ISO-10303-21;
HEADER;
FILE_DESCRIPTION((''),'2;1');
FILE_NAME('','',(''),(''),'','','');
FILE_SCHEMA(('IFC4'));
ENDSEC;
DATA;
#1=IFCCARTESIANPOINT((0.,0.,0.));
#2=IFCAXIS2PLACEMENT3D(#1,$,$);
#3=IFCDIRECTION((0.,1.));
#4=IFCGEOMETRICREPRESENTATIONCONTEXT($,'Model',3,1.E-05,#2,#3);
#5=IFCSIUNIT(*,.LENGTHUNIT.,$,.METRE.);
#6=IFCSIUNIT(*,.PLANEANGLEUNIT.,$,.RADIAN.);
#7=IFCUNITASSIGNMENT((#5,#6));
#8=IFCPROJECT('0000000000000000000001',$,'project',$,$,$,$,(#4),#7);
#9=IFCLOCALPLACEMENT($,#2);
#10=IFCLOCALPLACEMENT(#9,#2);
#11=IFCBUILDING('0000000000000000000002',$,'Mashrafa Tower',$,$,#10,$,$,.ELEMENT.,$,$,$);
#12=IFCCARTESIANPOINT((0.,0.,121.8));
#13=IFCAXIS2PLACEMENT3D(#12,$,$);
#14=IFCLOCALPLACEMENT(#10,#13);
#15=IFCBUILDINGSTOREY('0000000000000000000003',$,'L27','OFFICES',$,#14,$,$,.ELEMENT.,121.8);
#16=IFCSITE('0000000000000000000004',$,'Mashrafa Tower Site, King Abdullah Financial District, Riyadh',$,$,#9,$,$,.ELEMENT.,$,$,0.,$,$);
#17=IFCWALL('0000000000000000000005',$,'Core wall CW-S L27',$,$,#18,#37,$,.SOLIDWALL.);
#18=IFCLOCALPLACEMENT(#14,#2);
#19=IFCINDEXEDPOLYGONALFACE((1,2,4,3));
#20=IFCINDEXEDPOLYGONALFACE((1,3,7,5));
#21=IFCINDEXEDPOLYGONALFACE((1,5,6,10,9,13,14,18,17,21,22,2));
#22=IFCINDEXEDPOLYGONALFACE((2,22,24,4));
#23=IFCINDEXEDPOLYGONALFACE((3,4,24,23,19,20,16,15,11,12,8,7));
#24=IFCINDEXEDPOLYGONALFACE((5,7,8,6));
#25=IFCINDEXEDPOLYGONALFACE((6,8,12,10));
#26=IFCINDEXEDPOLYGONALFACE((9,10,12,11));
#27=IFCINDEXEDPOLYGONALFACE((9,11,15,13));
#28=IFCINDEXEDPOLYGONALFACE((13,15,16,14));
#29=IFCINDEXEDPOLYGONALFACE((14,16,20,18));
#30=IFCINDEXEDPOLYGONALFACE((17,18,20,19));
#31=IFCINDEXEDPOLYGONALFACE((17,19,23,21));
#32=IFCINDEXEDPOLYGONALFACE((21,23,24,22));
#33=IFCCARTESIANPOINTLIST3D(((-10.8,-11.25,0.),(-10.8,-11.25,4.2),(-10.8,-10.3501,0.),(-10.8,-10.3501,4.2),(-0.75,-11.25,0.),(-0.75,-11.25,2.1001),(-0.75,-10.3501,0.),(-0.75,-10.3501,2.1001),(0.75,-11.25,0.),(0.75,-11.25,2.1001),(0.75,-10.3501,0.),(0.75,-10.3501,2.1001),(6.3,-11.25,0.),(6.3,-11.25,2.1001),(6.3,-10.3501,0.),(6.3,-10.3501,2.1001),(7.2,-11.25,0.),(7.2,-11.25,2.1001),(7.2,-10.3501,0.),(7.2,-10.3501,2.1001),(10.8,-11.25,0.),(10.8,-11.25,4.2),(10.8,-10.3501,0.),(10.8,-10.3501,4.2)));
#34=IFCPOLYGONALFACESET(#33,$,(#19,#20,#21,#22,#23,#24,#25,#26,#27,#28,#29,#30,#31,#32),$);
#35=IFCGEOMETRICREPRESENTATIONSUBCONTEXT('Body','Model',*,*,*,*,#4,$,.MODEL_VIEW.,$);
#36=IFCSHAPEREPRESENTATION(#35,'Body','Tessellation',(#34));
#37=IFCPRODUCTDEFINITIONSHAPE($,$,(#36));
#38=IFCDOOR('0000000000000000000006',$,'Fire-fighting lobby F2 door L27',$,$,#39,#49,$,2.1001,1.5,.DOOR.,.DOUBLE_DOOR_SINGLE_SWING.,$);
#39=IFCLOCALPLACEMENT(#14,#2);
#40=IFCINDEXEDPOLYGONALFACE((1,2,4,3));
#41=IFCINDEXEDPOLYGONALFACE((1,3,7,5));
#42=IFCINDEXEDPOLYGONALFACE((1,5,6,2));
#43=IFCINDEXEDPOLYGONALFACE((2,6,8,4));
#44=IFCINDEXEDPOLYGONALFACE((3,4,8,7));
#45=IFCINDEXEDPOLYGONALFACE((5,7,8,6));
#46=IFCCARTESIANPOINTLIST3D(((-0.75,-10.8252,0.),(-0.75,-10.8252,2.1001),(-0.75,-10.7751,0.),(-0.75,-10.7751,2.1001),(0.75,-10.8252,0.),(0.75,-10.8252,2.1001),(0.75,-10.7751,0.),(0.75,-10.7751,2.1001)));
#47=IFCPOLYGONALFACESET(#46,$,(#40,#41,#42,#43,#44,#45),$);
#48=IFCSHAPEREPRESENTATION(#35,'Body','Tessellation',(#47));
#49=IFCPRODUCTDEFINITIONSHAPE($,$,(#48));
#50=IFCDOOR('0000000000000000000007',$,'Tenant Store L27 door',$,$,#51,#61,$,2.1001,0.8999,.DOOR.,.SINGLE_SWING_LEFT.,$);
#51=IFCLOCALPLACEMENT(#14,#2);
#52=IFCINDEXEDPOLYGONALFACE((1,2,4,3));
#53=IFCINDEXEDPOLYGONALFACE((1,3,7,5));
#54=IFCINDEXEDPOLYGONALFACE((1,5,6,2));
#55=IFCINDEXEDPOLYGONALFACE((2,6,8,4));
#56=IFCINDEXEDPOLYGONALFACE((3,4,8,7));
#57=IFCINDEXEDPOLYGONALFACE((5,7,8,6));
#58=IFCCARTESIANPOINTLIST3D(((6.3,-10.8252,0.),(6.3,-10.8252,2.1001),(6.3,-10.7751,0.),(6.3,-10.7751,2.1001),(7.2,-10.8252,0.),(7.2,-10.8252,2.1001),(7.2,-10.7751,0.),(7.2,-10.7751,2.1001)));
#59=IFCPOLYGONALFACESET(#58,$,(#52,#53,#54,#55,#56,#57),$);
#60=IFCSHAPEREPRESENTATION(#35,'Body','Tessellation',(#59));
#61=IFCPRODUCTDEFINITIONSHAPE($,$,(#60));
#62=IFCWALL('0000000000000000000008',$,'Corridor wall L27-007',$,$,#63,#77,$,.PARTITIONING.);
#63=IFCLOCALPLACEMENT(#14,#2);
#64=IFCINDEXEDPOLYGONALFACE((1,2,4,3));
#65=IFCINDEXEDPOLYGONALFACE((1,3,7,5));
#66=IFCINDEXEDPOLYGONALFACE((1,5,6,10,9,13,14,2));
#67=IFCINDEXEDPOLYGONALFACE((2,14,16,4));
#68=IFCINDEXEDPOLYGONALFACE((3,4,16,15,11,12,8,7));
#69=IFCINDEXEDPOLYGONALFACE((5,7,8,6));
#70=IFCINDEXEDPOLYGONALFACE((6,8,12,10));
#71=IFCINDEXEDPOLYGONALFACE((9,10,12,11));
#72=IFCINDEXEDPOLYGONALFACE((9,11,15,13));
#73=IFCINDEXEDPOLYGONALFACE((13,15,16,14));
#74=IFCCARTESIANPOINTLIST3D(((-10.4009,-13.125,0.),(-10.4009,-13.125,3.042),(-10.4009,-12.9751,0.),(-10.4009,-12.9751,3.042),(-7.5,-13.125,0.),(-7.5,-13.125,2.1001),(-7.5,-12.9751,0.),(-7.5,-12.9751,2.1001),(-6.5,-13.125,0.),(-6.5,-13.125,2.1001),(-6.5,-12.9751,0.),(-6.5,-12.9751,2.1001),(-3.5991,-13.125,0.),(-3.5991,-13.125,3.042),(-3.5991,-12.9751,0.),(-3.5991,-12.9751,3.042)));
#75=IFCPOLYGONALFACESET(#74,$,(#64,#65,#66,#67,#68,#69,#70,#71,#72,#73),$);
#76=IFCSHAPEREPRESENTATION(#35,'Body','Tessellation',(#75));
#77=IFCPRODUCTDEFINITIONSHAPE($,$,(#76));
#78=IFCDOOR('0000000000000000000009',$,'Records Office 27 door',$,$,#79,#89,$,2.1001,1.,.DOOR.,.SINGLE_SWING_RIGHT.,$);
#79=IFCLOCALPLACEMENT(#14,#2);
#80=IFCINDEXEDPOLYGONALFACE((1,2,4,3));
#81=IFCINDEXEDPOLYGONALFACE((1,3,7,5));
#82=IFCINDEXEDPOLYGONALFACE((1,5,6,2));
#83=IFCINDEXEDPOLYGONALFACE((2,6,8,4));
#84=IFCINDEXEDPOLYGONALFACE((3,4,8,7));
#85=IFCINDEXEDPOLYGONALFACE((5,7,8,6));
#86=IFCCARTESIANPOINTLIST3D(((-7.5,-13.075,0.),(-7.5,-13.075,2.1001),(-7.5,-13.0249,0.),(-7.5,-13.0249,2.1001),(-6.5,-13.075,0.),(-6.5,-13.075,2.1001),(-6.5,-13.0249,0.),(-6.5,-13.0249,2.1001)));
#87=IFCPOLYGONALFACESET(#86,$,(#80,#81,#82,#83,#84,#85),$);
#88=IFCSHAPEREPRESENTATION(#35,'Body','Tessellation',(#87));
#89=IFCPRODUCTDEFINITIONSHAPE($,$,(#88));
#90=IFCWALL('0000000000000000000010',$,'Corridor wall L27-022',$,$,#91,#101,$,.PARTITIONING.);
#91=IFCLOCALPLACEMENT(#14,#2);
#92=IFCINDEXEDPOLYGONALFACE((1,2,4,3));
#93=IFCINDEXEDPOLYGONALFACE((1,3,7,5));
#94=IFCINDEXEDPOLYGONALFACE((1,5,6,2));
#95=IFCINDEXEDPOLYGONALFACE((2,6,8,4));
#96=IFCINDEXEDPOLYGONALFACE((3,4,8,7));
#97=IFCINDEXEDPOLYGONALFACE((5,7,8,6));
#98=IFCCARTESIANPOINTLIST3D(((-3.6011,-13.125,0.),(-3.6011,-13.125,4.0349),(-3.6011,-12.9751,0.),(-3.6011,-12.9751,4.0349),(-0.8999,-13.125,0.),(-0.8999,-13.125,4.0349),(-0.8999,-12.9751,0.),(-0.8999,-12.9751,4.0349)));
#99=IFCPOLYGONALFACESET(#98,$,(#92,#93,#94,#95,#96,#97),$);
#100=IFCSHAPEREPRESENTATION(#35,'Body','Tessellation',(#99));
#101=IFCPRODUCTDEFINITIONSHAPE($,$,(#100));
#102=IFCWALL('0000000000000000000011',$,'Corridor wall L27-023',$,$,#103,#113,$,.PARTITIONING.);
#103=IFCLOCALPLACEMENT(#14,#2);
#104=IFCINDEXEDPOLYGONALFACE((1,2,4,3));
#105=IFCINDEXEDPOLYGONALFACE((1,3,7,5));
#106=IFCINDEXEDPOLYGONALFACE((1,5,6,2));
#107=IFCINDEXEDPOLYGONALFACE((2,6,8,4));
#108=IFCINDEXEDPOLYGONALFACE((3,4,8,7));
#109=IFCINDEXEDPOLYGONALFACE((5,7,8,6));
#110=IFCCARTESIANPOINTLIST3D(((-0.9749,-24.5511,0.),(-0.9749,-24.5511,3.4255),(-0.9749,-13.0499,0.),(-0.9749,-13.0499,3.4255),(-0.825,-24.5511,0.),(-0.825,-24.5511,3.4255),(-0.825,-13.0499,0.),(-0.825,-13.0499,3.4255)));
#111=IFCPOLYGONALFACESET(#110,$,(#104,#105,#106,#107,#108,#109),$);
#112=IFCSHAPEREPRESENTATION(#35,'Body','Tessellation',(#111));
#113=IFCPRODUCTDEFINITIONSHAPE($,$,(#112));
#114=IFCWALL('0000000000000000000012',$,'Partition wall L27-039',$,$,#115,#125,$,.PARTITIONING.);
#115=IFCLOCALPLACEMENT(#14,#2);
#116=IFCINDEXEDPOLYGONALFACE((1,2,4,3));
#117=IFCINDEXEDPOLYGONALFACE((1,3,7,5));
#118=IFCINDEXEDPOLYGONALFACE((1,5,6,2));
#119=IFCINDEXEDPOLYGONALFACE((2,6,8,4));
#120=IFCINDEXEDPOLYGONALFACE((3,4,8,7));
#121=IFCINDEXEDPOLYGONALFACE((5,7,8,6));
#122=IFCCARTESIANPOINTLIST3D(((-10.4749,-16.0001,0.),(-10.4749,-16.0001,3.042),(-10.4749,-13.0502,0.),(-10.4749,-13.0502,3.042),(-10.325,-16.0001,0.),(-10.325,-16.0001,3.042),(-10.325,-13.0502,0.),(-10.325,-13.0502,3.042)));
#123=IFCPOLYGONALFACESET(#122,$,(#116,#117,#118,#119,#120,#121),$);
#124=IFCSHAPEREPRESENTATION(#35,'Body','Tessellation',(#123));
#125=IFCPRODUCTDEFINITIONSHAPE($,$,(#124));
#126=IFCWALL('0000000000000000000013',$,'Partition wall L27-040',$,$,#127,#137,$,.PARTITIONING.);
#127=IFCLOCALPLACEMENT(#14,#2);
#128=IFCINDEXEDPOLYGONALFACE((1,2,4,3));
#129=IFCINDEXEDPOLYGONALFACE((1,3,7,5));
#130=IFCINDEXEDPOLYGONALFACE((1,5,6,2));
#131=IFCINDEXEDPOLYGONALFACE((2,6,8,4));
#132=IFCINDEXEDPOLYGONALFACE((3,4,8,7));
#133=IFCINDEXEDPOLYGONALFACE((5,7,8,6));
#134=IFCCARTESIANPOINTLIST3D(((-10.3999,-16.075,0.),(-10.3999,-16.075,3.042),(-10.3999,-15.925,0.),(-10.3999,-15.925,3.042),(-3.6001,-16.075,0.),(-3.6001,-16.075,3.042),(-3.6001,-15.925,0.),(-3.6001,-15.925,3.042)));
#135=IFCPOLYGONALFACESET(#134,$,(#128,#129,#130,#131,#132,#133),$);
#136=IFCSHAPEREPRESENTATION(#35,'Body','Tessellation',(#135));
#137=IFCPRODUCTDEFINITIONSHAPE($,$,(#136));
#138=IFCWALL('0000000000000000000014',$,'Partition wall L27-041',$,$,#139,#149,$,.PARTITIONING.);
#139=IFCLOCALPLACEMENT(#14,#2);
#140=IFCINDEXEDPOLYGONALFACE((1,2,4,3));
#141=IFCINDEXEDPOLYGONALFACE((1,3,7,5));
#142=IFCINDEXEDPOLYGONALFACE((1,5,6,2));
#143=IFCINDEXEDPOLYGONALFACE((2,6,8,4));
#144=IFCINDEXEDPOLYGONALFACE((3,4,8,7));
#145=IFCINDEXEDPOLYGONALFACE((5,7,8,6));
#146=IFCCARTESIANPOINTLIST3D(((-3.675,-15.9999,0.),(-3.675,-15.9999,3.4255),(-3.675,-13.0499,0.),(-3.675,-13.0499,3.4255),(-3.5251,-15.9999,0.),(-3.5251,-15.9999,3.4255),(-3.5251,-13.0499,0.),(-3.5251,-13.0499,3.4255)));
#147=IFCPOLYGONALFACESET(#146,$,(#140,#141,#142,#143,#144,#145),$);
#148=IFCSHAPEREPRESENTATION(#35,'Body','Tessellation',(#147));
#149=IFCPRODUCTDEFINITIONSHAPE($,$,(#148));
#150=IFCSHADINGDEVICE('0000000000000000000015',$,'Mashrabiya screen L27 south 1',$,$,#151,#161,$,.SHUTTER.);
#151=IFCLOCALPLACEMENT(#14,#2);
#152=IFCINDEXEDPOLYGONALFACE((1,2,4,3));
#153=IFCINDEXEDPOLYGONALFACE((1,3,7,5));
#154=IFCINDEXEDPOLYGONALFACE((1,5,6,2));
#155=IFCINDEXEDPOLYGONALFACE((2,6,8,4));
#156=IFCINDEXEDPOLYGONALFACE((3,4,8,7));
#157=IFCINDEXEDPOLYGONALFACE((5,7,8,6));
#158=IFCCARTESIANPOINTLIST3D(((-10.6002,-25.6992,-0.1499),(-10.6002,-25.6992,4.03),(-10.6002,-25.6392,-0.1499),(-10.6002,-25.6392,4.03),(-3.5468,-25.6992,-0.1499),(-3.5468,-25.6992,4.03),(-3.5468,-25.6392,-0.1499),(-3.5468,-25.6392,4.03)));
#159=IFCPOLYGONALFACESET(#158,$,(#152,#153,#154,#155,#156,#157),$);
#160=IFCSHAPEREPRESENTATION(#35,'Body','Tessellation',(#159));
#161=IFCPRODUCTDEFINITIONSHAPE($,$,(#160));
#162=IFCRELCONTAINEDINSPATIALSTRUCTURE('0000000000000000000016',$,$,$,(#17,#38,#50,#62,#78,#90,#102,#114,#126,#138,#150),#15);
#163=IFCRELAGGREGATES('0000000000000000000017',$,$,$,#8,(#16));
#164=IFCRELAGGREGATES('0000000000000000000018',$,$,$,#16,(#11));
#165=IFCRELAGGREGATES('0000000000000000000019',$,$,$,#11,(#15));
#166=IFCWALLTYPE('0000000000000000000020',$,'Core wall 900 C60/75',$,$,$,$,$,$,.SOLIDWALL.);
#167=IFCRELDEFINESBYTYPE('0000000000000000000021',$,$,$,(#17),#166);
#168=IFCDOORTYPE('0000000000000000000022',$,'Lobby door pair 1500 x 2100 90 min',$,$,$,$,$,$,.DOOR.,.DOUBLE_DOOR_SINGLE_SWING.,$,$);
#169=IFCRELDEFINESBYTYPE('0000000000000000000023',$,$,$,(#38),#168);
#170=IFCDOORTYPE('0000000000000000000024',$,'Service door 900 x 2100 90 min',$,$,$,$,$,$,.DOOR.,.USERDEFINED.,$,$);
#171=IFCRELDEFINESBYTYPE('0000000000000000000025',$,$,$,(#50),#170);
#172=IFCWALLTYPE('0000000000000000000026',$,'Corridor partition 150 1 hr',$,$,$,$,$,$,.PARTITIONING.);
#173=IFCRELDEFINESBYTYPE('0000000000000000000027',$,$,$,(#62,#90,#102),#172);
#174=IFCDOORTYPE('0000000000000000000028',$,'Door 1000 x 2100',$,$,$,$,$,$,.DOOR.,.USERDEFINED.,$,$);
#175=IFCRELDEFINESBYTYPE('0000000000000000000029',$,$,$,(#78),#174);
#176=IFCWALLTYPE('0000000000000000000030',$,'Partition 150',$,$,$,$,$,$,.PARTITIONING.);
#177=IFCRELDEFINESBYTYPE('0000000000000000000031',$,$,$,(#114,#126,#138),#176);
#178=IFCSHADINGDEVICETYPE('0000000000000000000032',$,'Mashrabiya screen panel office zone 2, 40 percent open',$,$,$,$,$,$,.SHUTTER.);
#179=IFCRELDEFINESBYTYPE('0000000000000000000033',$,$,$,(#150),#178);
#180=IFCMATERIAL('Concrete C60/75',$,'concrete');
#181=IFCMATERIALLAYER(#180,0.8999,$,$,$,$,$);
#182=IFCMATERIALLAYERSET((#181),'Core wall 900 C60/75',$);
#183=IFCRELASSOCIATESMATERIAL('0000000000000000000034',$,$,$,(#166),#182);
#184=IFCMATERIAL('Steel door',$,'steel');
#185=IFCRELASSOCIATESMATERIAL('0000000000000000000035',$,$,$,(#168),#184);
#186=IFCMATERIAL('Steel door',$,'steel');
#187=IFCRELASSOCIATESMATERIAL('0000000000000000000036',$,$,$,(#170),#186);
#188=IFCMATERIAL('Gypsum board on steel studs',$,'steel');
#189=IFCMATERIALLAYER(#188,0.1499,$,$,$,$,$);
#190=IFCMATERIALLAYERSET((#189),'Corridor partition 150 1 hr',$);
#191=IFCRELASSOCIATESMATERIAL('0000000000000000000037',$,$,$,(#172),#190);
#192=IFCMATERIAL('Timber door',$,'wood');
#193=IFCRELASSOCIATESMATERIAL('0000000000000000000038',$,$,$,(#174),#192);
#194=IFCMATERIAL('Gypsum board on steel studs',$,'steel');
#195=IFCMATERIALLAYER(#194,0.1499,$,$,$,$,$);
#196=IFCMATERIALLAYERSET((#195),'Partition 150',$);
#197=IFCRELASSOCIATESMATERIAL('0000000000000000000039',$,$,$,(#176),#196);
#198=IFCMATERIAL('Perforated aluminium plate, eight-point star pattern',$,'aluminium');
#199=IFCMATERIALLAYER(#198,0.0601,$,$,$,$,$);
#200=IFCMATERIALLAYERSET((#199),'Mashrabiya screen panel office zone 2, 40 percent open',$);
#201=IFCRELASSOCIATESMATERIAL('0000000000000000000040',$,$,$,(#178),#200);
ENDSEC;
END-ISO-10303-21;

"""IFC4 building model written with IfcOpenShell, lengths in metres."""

from ifc_helpers import new_model, si_unit, direction, frame, frame_2d, origin, origin_2d, place, context, subcontext, project, spatial, rectangle, extrude, source, transform, mapped, material, layer, layer_set, type_object, type_shapes, element, fill, save


model = new_model("IFC4")

# Units and contexts
model_context = context("Model", 3, precision=1e-05, world=origin(), true_north=direction((0.0, 1.0)))
body_context = subcontext(model_context, "Body", "Model", "MODEL_VIEW")
ifc_project = project(units=[si_unit("LENGTHUNIT", "METRE"), si_unit("PLANEANGLEUNIT", "RADIAN")], contexts=[model_context])

# Site, building, storey
site_placement = place(None, origin())
site = spatial("IfcSite", under=ifc_project, at=site_placement, Name="Mashrafa Tower Site, King Abdullah Financial District, Riyadh", CompositionType="ELEMENT", RefElevation=0.0)
building_placement = place(site_placement, origin())
building = spatial("IfcBuilding", under=site, at=building_placement, Name="Mashrafa Tower", CompositionType="ELEMENT")
storey_placement = place(building_placement, frame((0.0, 0.0, 121.8)))
storey = spatial("IfcBuildingStorey", under=building, at=storey_placement, Name="L27", Description="OFFICES", CompositionType="ELEMENT", Elevation=121.8)

# Wall, openings, doors
ifc_material_1 = material(Name="Concrete C60/75", Category="concrete")
ifc_layer_1 = layer(ifc_material_1, 0.8999)
ifc_layer_set_1 = layer_set([ifc_layer_1], Name="Core wall 900 C60/75")
wall_type_1 = type_object("IfcWallType", Name="Core wall 900 C60/75", PredefinedType="SOLIDWALL", material=ifc_layer_set_1)
wall_1_placement = place(storey_placement, frame((-10.8, -10.8, 0.0), z_axis=(0.0, 0.0, 1.0), x_axis=(1.0, 0.0, 0.0)))
wall_1 = element("IfcWall", 1, at=wall_1_placement, inside=storey, type_object=wall_type_1, Name="Core wall CW-S L27", PredefinedType="SOLIDWALL", context=body_context, shape_type="SweptSolid", body=[
    extrude(rectangle(XDim=21.6001, YDim=0.8999, at=frame_2d((10.8, 0.0))), origin(), (0.0, 0.0, 1.0), 4.2),
])
opening_1_placement = place(wall_1_placement, frame((10.05, 0.0, 0.0)))
opening_1 = element("IfcOpeningElement", 2, at=opening_1_placement, cuts=wall_1, PredefinedType="OPENING", context=body_context, shape_type="SweptSolid", body=[
    extrude(rectangle(XDim=1.5, YDim=2.1001, at=frame_2d((0.75, 1.05))), frame((0.0, 0.46, 0.0), z_axis=(0.0, -1.0, 0.0), x_axis=(1.0, 0.0, 0.0)), (0.0, 0.0, 1.0), 0.9199),
])
opening_2_placement = place(wall_1_placement, frame((17.1001, 0.0, 0.0)))
opening_2 = element("IfcOpeningElement", 3, at=opening_2_placement, cuts=wall_1, PredefinedType="OPENING", context=body_context, shape_type="SweptSolid", body=[
    extrude(rectangle(XDim=0.8999, YDim=2.1001, at=frame_2d((0.45, 1.05))), frame((0.0, 0.46, 0.0), z_axis=(0.0, -1.0, 0.0), x_axis=(1.0, 0.0, 0.0)), (0.0, 0.0, 1.0), 0.9199),
])
ifc_material_2 = material(Name="Steel door", Category="steel")
door_type_1 = type_object("IfcDoorType", Name="Lobby door pair 1500 x 2100 90 min", OperationType="DOUBLE_DOOR_SINGLE_SWING", PredefinedType="DOOR", material=ifc_material_2)
door_1_placement = place(opening_1_placement, origin())
door_1 = element("IfcDoor", 4, at=door_1_placement, inside=storey, type_object=door_type_1, Name="Fire-fighting lobby F2 door L27", OperationType="DOUBLE_DOOR_SINGLE_SWING", OverallHeight=2.1001, OverallWidth=1.5, PredefinedType="DOOR", context=body_context, shape_type="SweptSolid", body=[
    extrude(rectangle(XDim=1.5, YDim=2.1001, at=frame_2d((0.75, 1.05))), frame((0.0, 0.0249, 0.0), z_axis=(0.0, -1.0, 0.0), x_axis=(1.0, 0.0, 0.0)), (0.0, 0.0, 1.0), 0.05),
])
fill(opening_1, door_1)
ifc_material_3 = material(Name="Steel door", Category="steel")
door_type_2 = type_object("IfcDoorType", Name="Service door 900 x 2100 90 min", OperationType="USERDEFINED", PredefinedType="DOOR", material=ifc_material_3)
door_2_placement = place(opening_2_placement, origin())
door_2 = element("IfcDoor", 5, at=door_2_placement, inside=storey, type_object=door_type_2, Name="Tenant Store L27 door", OperationType="SINGLE_SWING_LEFT", OverallHeight=2.1001, OverallWidth=0.8999, PredefinedType="DOOR", context=body_context, shape_type="SweptSolid", body=[
    extrude(rectangle(XDim=0.8999, YDim=2.1001, at=frame_2d((0.45, 1.05))), frame((0.0, 0.0249, 0.0), z_axis=(0.0, -1.0, 0.0), x_axis=(1.0, 0.0, 0.0)), (0.0, 0.0, 1.0), 0.05),
])
fill(opening_2, door_2)

# Wall, opening, door
ifc_material_4 = material(Name="Gypsum board on steel studs", Category="steel")
ifc_layer_2 = layer(ifc_material_4, 0.1499)
ifc_layer_set_2 = layer_set([ifc_layer_2], Name="Corridor partition 150 1 hr")
wall_type_2 = type_object("IfcWallType", Name="Corridor partition 150 1 hr", PredefinedType="PARTITIONING", material=ifc_layer_set_2)
wall_2_placement = place(storey_placement, frame((-10.4009, -13.05, 0.0), z_axis=(0.0, 0.0, 1.0), x_axis=(1.0, 0.0, 0.0)))
wall_2 = element("IfcWall", 6, at=wall_2_placement, inside=storey, type_object=wall_type_2, Name="Corridor wall L27-007", PredefinedType="PARTITIONING", context=body_context, shape_type="SweptSolid", body=[
    extrude(rectangle(XDim=6.8018, YDim=0.1499, at=frame_2d((3.4009, 0.0))), origin(), (0.0, 0.0, 1.0), 3.042),
])
opening_3_placement = place(wall_2_placement, frame((2.9009, 0.0, 0.0)))
opening_3 = element("IfcOpeningElement", 7, at=opening_3_placement, cuts=wall_2, PredefinedType="OPENING", context=body_context, shape_type="SweptSolid", body=[
    extrude(rectangle(XDim=1.0, YDim=2.1001, at=frame_2d((0.5, 1.05))), frame((0.0, 0.085, 0.0), z_axis=(0.0, -1.0, 0.0), x_axis=(1.0, 0.0, 0.0)), (0.0, 0.0, 1.0), 0.1699),
])
ifc_material_5 = material(Name="Timber door", Category="wood")
door_type_3 = type_object("IfcDoorType", Name="Door 1000 x 2100", OperationType="USERDEFINED", PredefinedType="DOOR", material=ifc_material_5)
door_3_placement = place(opening_3_placement, frame((1.0, 0.0, 0.0), z_axis=(0.0, 0.0, 1.0), x_axis=(-1.0, 0.0, 0.0)))
door_3 = element("IfcDoor", 8, at=door_3_placement, inside=storey, type_object=door_type_3, Name="Records Office 27 door", OperationType="SINGLE_SWING_RIGHT", OverallHeight=2.1001, OverallWidth=1.0, PredefinedType="DOOR", context=body_context, shape_type="SweptSolid", body=[
    extrude(rectangle(XDim=1.0, YDim=2.1001, at=frame_2d((0.5, 1.05))), frame((0.0, 0.0249, 0.0), z_axis=(0.0, -1.0, 0.0), x_axis=(1.0, 0.0, 0.0)), (0.0, 0.0, 1.0), 0.05),
])
fill(opening_3, door_3)

# Walls
wall_3_placement = place(storey_placement, frame((-3.6011, -13.05, 0.0), z_axis=(0.0, 0.0, 1.0), x_axis=(1.0, 0.0, 0.0)))
element("IfcWall", 9, at=wall_3_placement, inside=storey, type_object=wall_type_2, Name="Corridor wall L27-022", PredefinedType="PARTITIONING", context=body_context, shape_type="SweptSolid", body=[
    extrude(rectangle(XDim=2.7012, YDim=0.1499, at=frame_2d((1.3506, 0.0))), origin(), (0.0, 0.0, 1.0), 4.0349),
])
wall_4_placement = place(storey_placement, frame((-0.8999, -13.05, 0.0), z_axis=(0.0, 0.0, 1.0), x_axis=(0.0, -1.0, 0.0)))
element("IfcWall", 10, at=wall_4_placement, inside=storey, type_object=wall_type_2, Name="Corridor wall L27-023", PredefinedType="PARTITIONING", context=body_context, shape_type="SweptSolid", body=[
    extrude(rectangle(XDim=11.5012, YDim=0.1499, at=frame_2d((5.7505, 0.0))), origin(), (0.0, 0.0, 1.0), 3.4255),
])
ifc_material_6 = material(Name="Gypsum board on steel studs", Category="steel")
ifc_layer_3 = layer(ifc_material_6, 0.1499)
ifc_layer_set_3 = layer_set([ifc_layer_3], Name="Partition 150")
wall_type_3 = type_object("IfcWallType", Name="Partition 150", PredefinedType="PARTITIONING", material=ifc_layer_set_3)
wall_5_placement = place(storey_placement, frame((-10.3999, -13.05, 0.0), z_axis=(0.0, 0.0, 1.0), x_axis=(0.0, -1.0, 0.0)))
element("IfcWall", 11, at=wall_5_placement, inside=storey, type_object=wall_type_3, Name="Partition wall L27-039", PredefinedType="PARTITIONING", context=body_context, shape_type="SweptSolid", body=[
    extrude(rectangle(XDim=2.95, YDim=0.1499, at=frame_2d((1.4751, 0.0))), origin(), (0.0, 0.0, 1.0), 3.042),
])
wall_6_placement = place(storey_placement, frame((-10.3999, -16.0, 0.0), z_axis=(0.0, 0.0, 1.0), x_axis=(1.0, 0.0, 0.0)))
element("IfcWall", 12, at=wall_6_placement, inside=storey, type_object=wall_type_3, Name="Partition wall L27-040", PredefinedType="PARTITIONING", context=body_context, shape_type="SweptSolid", body=[
    extrude(rectangle(XDim=6.7998, YDim=0.1499, at=frame_2d((3.3999, 0.0))), origin(), (0.0, 0.0, 1.0), 3.042),
])
wall_7_placement = place(storey_placement, frame((-3.6001, -16.0, 0.0), z_axis=(0.0, 0.0, 1.0), x_axis=(0.0, 1.0, 0.0)))
element("IfcWall", 13, at=wall_7_placement, inside=storey, type_object=wall_type_3, Name="Partition wall L27-041", PredefinedType="PARTITIONING", context=body_context, shape_type="SweptSolid", body=[
    extrude(rectangle(XDim=2.95, YDim=0.1499, at=frame_2d((1.4751, 0.0))), origin(), (0.0, 0.0, 1.0), 3.4255),
])

# Shading device
ifc_material_7 = material(Name="Perforated aluminium plate, eight-point star pattern", Category="aluminium")
ifc_layer_4 = layer(ifc_material_7, 0.0601)
ifc_layer_set_4 = layer_set([ifc_layer_4], Name="Mashrabiya screen panel office zone 2, 40 percent open")
shading_device_type = type_object("IfcShadingDeviceType", Name="Mashrabiya screen panel office zone 2, 40 percent open", PredefinedType="SHUTTER", material=ifc_layer_set_4)
shared_shape_1 = source(origin(), body_context, "Body", "SweptSolid", [
    extrude(rectangle(XDim=7.0535, YDim=0.0601, at=origin_2d()), origin(), (0.0, 0.0, 1.0), 4.1799),
])
type_shapes(shading_device_type, [shared_shape_1])
shading_device_placement = place(storey_placement, frame((-7.0735, -25.6692, -0.1499), z_axis=(0.0, 0.0, 1.0), x_axis=(1.0, 0.0, 0.0)))
element("IfcShadingDevice", 14, at=shading_device_placement, inside=storey, type_object=shading_device_type, Name="Mashrabiya screen L27 south 1", PredefinedType="SHUTTER", context=body_context, shape_type="MappedRepresentation", body=[
    mapped(shared_shape_1, transform((0.0, 0.0, 0.0))),
])

save(model, "model.ifc")
